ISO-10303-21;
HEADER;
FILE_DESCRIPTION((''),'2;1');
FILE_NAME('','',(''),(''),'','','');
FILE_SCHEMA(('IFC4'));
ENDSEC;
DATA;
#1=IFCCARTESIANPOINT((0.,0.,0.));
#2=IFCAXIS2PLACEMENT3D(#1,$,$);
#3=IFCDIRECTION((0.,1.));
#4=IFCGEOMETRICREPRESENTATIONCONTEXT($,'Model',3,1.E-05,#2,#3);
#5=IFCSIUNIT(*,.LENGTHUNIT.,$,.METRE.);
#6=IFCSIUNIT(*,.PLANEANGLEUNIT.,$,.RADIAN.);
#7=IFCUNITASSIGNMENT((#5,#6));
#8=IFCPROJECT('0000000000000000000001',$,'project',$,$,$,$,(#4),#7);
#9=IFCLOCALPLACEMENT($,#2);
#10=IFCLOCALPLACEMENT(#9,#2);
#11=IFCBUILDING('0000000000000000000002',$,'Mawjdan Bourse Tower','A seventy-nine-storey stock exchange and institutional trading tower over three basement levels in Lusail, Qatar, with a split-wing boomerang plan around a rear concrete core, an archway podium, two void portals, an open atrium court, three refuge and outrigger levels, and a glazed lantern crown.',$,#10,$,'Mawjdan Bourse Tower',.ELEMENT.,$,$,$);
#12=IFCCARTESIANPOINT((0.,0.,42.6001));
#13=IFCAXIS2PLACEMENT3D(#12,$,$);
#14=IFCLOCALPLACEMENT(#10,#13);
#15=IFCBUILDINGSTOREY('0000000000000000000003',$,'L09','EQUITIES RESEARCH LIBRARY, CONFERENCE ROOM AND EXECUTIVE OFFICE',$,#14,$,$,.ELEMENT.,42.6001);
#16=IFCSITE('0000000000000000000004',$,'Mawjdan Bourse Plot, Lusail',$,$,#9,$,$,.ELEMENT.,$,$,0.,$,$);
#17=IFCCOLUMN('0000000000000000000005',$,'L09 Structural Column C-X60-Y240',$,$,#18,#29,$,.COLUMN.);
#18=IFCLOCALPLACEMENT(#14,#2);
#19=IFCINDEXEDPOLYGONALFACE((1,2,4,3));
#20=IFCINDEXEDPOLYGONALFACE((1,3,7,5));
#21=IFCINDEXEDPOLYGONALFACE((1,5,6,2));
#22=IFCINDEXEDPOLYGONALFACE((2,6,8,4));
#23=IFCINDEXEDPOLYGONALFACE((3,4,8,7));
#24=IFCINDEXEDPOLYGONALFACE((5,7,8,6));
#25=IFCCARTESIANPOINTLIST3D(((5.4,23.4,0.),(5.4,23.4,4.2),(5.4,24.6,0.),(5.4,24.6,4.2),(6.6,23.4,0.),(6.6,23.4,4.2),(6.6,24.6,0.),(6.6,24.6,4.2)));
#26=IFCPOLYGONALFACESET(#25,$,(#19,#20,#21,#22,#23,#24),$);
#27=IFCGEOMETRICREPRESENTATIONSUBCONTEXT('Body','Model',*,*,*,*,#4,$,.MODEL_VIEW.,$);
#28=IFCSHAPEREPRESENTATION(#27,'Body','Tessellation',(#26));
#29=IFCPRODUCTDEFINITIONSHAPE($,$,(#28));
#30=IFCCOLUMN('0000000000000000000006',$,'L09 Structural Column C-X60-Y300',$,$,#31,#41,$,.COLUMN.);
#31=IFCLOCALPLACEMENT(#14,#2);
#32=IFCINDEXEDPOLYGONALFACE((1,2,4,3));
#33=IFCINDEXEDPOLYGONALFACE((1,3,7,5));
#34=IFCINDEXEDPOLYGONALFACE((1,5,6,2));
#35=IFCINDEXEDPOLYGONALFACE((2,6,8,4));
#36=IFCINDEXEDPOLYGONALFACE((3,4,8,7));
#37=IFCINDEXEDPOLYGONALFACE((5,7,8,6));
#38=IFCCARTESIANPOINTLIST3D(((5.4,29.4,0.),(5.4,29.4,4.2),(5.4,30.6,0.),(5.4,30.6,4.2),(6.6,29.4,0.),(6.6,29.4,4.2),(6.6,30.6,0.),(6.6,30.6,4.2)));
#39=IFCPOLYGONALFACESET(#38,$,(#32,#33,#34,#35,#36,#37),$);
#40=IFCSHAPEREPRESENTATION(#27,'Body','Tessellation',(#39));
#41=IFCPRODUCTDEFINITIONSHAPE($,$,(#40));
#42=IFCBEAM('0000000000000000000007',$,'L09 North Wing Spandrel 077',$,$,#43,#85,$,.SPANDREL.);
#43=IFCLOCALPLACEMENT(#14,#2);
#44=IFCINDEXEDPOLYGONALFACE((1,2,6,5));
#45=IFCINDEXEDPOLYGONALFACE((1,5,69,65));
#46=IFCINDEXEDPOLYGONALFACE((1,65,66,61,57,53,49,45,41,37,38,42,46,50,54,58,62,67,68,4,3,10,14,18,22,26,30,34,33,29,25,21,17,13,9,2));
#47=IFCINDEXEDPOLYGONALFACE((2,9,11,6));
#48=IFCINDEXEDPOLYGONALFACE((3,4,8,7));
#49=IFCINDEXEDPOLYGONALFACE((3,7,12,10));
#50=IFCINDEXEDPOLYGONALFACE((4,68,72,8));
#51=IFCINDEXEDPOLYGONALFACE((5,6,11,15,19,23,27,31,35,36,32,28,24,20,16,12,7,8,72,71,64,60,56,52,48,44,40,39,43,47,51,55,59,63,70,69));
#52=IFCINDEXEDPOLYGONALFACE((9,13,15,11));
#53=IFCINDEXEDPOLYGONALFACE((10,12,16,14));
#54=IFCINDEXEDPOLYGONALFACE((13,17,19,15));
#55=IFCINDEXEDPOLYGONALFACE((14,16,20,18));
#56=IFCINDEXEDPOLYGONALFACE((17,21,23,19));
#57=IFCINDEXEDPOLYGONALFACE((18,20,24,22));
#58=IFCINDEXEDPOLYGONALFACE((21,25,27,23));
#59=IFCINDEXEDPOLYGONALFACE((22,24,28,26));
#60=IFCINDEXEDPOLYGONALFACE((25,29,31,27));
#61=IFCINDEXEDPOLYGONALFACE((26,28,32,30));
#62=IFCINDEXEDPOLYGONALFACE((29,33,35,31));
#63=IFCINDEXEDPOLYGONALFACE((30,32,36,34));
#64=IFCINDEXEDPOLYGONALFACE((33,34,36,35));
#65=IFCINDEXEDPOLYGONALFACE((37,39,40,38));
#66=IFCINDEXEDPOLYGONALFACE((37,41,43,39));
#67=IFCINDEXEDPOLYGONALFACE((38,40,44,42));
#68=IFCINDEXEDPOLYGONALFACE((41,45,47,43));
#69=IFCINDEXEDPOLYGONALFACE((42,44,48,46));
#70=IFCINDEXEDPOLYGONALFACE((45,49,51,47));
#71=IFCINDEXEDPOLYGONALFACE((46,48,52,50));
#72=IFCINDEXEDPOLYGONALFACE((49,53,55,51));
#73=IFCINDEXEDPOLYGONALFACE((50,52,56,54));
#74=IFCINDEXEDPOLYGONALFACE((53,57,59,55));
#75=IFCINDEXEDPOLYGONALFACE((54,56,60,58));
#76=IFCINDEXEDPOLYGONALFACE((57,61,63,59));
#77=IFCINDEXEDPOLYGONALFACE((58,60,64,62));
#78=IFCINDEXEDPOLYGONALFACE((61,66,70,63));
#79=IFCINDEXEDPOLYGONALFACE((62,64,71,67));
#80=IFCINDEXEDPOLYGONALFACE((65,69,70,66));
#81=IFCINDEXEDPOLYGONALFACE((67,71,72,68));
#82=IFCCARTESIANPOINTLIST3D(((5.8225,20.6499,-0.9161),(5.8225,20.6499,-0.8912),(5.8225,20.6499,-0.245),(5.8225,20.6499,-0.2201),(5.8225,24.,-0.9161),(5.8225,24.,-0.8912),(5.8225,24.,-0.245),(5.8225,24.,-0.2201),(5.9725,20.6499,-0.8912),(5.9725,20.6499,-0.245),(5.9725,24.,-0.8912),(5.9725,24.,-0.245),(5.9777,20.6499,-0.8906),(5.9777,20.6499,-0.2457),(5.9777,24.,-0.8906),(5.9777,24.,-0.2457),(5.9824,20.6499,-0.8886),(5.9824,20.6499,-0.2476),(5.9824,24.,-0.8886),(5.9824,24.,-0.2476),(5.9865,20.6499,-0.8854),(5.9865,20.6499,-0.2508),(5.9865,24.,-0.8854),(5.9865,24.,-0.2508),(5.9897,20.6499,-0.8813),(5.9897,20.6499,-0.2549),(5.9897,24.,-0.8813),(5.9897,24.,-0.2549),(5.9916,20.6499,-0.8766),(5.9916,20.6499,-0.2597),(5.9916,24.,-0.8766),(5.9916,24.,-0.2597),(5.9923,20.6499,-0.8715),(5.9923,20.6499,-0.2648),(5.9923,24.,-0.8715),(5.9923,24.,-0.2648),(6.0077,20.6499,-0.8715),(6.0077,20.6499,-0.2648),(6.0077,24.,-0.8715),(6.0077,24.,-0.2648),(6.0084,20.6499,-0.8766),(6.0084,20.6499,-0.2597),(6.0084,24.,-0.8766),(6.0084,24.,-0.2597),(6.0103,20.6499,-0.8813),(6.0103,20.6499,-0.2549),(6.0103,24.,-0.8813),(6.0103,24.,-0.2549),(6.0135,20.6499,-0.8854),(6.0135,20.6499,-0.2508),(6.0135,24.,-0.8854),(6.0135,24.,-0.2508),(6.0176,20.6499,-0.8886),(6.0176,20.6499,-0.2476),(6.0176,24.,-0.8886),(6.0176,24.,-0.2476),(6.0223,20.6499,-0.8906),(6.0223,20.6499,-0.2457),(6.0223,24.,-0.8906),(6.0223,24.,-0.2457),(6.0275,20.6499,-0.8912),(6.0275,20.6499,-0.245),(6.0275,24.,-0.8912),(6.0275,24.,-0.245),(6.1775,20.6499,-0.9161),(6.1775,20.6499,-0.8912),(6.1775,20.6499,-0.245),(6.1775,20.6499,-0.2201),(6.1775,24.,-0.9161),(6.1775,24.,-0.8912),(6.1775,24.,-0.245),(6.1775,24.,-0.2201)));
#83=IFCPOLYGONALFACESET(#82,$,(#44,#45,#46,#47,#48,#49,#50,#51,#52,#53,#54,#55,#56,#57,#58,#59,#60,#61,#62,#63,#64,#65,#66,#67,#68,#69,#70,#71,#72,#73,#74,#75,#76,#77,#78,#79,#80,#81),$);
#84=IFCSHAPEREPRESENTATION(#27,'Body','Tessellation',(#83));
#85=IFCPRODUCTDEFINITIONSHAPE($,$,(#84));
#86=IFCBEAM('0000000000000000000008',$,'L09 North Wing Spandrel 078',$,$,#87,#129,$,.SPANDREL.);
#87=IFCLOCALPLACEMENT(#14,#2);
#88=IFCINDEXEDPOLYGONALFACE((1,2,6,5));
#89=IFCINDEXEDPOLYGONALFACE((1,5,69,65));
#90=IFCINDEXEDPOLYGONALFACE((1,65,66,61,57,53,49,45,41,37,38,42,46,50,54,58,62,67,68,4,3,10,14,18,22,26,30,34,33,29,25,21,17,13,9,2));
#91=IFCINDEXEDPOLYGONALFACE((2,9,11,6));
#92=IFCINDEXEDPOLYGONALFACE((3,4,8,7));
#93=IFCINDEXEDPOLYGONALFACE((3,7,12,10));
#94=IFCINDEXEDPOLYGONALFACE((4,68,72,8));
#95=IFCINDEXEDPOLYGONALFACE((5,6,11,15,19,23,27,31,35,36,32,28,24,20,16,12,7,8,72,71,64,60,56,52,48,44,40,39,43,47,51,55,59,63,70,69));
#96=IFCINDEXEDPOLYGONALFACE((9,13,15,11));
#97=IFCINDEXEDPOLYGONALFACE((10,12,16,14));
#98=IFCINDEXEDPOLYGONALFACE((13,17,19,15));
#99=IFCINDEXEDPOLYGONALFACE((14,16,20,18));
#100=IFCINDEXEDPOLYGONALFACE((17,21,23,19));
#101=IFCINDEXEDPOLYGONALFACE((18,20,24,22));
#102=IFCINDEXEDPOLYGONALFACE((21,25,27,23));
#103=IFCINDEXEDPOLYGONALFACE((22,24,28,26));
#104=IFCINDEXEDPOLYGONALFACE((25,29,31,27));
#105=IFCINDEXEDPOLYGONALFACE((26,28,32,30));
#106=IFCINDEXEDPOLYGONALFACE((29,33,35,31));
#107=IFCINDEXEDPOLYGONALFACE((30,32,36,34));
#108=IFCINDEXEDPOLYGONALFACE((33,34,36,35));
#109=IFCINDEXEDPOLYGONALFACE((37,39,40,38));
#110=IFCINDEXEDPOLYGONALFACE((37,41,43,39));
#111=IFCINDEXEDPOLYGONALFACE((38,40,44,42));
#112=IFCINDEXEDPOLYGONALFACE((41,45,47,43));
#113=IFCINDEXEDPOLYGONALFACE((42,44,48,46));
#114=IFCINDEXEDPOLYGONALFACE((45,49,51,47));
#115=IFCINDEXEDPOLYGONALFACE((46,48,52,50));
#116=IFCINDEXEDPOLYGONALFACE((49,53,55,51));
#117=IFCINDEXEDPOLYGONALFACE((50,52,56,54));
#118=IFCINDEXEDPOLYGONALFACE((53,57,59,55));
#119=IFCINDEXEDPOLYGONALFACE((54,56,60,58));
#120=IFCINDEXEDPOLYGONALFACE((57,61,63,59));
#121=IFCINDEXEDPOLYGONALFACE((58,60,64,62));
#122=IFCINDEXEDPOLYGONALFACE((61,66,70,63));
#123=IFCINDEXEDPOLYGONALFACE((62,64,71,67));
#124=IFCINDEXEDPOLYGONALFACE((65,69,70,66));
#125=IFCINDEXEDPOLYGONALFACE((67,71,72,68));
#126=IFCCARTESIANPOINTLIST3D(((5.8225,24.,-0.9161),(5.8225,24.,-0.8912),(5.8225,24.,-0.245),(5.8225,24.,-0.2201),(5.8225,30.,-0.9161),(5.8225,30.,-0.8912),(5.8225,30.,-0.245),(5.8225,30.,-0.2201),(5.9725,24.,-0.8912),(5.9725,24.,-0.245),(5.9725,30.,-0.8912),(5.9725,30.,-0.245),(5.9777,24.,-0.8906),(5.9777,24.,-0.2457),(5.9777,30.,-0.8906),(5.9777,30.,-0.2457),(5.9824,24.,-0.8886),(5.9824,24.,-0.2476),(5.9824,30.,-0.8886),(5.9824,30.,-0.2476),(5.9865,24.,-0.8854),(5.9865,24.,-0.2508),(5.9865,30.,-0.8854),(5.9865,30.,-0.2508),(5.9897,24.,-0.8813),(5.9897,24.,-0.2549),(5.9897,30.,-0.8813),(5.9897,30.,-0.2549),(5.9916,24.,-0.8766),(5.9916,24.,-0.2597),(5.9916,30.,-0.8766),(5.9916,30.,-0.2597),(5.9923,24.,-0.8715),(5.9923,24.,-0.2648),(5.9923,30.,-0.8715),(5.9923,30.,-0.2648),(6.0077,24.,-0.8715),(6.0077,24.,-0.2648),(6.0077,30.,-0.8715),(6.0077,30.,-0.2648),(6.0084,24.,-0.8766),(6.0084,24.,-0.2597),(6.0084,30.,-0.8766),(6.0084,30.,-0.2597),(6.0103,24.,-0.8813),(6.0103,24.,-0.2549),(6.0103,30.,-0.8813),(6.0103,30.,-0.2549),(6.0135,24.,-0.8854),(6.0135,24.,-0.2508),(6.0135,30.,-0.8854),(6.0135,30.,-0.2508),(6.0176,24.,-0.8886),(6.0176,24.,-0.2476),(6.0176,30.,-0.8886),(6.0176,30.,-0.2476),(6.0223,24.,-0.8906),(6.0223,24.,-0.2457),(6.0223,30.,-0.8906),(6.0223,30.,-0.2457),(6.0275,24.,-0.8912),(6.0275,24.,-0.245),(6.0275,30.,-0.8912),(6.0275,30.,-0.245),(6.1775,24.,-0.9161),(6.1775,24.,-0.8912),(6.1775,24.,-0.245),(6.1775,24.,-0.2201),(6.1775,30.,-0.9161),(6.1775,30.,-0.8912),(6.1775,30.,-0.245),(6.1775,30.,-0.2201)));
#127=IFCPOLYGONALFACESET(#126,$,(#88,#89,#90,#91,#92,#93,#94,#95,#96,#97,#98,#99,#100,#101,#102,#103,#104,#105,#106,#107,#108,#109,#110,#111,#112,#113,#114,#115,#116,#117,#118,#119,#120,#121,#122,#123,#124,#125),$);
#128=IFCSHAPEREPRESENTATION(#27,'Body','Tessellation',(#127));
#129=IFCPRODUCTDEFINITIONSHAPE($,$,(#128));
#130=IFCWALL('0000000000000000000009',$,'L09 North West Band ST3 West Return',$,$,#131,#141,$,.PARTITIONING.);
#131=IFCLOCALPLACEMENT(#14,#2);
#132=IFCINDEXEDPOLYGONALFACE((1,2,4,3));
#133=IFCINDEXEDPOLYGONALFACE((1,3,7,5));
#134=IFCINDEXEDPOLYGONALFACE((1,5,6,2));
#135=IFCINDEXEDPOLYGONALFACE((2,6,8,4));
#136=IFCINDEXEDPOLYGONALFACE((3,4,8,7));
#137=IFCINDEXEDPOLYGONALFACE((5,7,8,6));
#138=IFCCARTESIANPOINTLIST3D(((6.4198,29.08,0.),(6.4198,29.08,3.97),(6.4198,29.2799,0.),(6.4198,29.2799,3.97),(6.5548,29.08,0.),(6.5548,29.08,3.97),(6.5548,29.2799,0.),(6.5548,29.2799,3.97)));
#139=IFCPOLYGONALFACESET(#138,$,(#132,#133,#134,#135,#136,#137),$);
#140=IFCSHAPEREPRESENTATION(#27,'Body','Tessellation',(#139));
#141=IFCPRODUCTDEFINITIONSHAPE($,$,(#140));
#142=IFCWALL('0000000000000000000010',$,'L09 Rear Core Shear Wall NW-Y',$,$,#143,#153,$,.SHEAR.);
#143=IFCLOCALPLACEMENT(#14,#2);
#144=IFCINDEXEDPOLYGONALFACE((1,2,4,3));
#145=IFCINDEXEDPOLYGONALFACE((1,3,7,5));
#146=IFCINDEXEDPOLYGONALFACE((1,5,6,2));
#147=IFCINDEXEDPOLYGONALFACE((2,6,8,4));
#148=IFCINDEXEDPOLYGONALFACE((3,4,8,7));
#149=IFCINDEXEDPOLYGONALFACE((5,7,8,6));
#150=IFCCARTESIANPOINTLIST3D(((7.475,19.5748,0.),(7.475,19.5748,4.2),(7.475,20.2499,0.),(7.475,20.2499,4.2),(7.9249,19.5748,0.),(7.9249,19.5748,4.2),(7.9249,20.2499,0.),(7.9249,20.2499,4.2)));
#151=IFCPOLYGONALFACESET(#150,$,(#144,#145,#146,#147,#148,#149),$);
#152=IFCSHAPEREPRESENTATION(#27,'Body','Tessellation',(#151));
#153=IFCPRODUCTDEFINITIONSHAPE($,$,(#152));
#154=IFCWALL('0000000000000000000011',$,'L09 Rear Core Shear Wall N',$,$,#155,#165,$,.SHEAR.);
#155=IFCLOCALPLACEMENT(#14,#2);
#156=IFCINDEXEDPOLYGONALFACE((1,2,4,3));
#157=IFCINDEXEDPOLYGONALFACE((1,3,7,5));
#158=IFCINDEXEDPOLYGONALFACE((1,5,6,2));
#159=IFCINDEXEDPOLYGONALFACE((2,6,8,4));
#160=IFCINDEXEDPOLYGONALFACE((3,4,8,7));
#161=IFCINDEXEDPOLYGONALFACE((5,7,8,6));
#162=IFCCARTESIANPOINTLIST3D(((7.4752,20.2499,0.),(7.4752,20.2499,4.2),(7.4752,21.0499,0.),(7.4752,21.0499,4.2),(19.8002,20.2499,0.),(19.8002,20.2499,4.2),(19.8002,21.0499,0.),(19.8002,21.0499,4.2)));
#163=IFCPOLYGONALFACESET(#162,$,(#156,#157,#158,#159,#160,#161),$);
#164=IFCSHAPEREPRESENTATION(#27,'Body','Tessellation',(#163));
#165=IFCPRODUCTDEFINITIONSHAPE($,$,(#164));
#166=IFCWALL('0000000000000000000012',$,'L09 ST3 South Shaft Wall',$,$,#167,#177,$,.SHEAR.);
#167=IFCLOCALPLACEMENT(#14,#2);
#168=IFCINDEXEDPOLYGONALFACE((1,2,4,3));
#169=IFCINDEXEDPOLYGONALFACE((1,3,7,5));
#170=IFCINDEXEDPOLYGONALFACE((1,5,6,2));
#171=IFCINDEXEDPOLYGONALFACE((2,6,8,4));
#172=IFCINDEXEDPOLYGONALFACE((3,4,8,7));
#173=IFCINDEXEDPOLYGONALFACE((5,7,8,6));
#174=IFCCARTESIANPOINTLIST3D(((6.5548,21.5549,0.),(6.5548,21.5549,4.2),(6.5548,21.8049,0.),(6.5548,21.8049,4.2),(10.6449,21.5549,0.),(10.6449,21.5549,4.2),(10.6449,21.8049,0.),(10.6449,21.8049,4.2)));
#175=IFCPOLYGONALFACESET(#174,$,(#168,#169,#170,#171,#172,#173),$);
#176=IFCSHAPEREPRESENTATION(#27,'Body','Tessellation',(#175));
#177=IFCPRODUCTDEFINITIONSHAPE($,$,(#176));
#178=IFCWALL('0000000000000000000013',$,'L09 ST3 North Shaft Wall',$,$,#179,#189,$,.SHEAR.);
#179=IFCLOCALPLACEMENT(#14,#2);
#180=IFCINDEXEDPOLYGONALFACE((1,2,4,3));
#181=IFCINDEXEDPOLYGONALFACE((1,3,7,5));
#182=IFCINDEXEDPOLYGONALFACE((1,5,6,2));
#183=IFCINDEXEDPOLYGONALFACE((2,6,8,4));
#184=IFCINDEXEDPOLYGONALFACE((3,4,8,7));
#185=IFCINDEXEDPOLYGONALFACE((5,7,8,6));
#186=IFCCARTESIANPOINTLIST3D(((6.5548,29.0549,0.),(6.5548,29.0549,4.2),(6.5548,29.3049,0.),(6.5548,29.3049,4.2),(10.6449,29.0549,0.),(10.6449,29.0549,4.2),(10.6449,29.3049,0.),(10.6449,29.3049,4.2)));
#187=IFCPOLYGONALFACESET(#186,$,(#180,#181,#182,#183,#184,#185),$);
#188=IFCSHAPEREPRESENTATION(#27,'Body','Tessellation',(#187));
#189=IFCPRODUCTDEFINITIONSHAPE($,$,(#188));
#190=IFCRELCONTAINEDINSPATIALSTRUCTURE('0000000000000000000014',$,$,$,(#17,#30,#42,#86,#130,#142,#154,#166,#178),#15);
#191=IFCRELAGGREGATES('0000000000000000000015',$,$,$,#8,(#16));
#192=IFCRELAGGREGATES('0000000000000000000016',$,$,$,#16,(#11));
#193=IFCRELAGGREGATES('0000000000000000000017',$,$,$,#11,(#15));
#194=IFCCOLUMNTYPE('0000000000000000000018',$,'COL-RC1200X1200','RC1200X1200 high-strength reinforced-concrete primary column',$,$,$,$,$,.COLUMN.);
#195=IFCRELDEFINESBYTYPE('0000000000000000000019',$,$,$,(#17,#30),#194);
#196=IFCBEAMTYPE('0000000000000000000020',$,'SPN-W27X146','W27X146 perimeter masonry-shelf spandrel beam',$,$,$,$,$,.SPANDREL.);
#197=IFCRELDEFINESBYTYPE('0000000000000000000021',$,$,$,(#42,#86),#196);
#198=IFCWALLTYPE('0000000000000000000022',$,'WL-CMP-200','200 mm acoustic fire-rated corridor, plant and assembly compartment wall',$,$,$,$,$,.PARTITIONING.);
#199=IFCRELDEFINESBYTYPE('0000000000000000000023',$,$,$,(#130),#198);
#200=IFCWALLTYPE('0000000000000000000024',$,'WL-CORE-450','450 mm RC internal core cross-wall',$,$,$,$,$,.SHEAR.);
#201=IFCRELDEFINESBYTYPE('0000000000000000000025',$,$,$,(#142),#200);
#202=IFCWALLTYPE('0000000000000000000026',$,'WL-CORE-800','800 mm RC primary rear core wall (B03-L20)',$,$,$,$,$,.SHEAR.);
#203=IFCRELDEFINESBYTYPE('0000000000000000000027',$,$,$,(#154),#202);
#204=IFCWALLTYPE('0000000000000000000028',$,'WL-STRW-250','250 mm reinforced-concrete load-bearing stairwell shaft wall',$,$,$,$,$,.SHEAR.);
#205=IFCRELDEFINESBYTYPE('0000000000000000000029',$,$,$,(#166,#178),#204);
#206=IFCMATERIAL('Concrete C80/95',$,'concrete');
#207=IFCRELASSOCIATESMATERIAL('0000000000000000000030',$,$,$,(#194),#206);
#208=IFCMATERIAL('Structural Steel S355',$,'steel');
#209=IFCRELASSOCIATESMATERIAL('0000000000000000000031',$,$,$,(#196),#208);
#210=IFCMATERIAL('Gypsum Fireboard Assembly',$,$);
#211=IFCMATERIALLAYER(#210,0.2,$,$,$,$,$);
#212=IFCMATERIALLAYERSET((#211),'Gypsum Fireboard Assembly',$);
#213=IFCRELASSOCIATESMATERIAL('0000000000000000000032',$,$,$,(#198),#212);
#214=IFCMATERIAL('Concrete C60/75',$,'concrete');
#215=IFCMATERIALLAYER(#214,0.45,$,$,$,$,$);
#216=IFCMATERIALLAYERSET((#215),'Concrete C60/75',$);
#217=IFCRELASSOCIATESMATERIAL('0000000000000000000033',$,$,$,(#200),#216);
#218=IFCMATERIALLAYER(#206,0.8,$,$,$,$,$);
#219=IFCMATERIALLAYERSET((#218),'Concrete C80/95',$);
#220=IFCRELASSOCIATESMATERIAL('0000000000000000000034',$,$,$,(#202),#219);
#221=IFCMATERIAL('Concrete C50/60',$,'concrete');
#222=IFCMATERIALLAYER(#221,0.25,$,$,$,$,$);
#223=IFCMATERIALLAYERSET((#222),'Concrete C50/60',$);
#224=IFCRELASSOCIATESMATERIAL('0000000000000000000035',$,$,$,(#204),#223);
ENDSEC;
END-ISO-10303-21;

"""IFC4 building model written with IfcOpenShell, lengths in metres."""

from ifc_helpers import new_model, si_unit, direction, frame, frame_2d, origin, origin_2d, place, context, subcontext, project, spatial, rectangle, i_section, extrude, material, layer, layer_set, material_profile, profile_set, type_object, element, save


model = new_model("IFC4")

# Units and contexts
model_context = context("Model", 3, precision=1e-05, world=origin(), true_north=direction((0.0, 1.0)))
body_context = subcontext(model_context, "Body", "Model", "MODEL_VIEW")
ifc_project = project(units=[si_unit("LENGTHUNIT", "METRE"), si_unit("PLANEANGLEUNIT", "RADIAN")], contexts=[model_context])

# Site, building, storey
site_placement = place(None, origin())
site = spatial("IfcSite", under=ifc_project, at=site_placement, Name="Mawjdan Bourse Plot, Lusail", CompositionType="ELEMENT", RefElevation=0.0)
building_placement = place(site_placement, origin())
building = spatial("IfcBuilding", under=site, at=building_placement, Name="Mawjdan Bourse Tower", Description="A seventy-nine-storey stock exchange and institutional trading tower over three basement levels in Lusail, Qatar, with a split-wing boomerang plan around a rear concrete core, an archway podium, two void portals, an open atrium court, three refuge and outrigger levels, and a glazed lantern crown.", LongName="Mawjdan Bourse Tower", CompositionType="ELEMENT")
storey_placement = place(building_placement, frame((0.0, 0.0, 42.6001)))
storey = spatial("IfcBuildingStorey", under=building, at=storey_placement, Name="L09", Description="EQUITIES RESEARCH LIBRARY, CONFERENCE ROOM AND EXECUTIVE OFFICE", CompositionType="ELEMENT", Elevation=42.6001)

# Columns
ifc_material_1 = material(Name="Concrete C80/95", Category="concrete")
ifc_material_profile_1 = material_profile(ifc_material_1, rectangle(XDim=1.2, YDim=1.2, at=origin_2d()), Name="RC1200X1200")
ifc_profile_set_1 = profile_set([ifc_material_profile_1], Name="Concrete C80/95")
column_type = type_object("IfcColumnType", Name="COL-RC1200X1200", Description="RC1200X1200 high-strength reinforced-concrete primary column", PredefinedType="COLUMN", material=ifc_profile_set_1)
for number, where, z_axis, x_axis, name in (
    (1, (6.0, 24.0, 0.0), (0.0, 0.0, 1.0), (1.0, 0.0, 0.0), "L09 Structural Column C-X60-Y240"),
    (2, (6.0, 30.0, 0.0), (0.0, 0.0, 1.0), (1.0, 0.0, 0.0), "L09 Structural Column C-X60-Y300"),
):
    element("IfcColumn", number, at=place(storey_placement, frame(where, z_axis=z_axis, x_axis=x_axis)), inside=storey, type_object=column_type, Name=name, PredefinedType="COLUMN", context=body_context, shape_type="SweptSolid", body=[
        extrude(rectangle(XDim=1.2, YDim=1.2, at=origin_2d()), origin(), (0.0, 0.0, 1.0), 4.2),
    ])

# Beams
ifc_material_2 = material(Name="Structural Steel S355", Category="steel")
ifc_material_profile_2 = material_profile(ifc_material_2, i_section(OverallWidth=0.355, OverallDepth=0.696, WebThickness=0.0154, FlangeThickness=0.0249, FilletRadius=0.0198, at=origin_2d()), Name="W27X146")
ifc_profile_set_2 = profile_set([ifc_material_profile_2], Name="Structural Steel S355")
beam_type = type_object("IfcBeamType", Name="SPN-W27X146", Description="W27X146 perimeter masonry-shelf spandrel beam", PredefinedType="SPANDREL", material=ifc_profile_set_2)
beam_1_placement = place(storey_placement, frame((6.0, 20.6499, -0.5681), z_axis=(0.0, 1.0, 0.0), x_axis=(-1.0, 0.0, 0.0)))
element("IfcBeam", 3, at=beam_1_placement, inside=storey, type_object=beam_type, Name="L09 North Wing Spandrel 077", PredefinedType="SPANDREL", context=body_context, shape_type="SweptSolid", body=[
    extrude(i_section(OverallWidth=0.355, OverallDepth=0.696, WebThickness=0.0154, FlangeThickness=0.0249, FilletRadius=0.0198, at=origin_2d()), origin(), (0.0, 0.0, 1.0), 3.3501),
])
beam_2_placement = place(storey_placement, frame((6.0, 24.0, -0.5681), z_axis=(0.0, 1.0, 0.0), x_axis=(-1.0, 0.0, 0.0)))
element("IfcBeam", 4, at=beam_2_placement, inside=storey, type_object=beam_type, Name="L09 North Wing Spandrel 078", PredefinedType="SPANDREL", context=body_context, shape_type="SweptSolid", body=[
    extrude(i_section(OverallWidth=0.355, OverallDepth=0.696, WebThickness=0.0154, FlangeThickness=0.0249, FilletRadius=0.0198, at=origin_2d()), origin(), (0.0, 0.0, 1.0), 6.0),
])

# Walls
ifc_material_3 = material(Name="Gypsum Fireboard Assembly")
ifc_layer_1 = layer(ifc_material_3, 0.2)
ifc_layer_set_1 = layer_set([ifc_layer_1], Name="Gypsum Fireboard Assembly")
wall_type_1 = type_object("IfcWallType", Name="WL-CMP-200", Description="200 mm acoustic fire-rated corridor, plant and assembly compartment wall", PredefinedType="PARTITIONING", material=ifc_layer_set_1)
wall_1_placement = place(storey_placement, frame((6.4199, 29.1799, 0.0), z_axis=(0.0, 0.0, 1.0), x_axis=(1.0, 0.0, 0.0)))
element("IfcWall", 5, at=wall_1_placement, inside=storey, type_object=wall_type_1, Name="L09 North West Band ST3 West Return", PredefinedType="PARTITIONING", context=body_context, shape_type="SweptSolid", body=[
    extrude(rectangle(XDim=0.135, YDim=0.2, at=frame_2d((0.0674, 0.0))), origin(), (0.0, 0.0, 1.0), 3.97),
])
ifc_material_4 = material(Name="Concrete C60/75", Category="concrete")
ifc_layer_2 = layer(ifc_material_4, 0.45)
ifc_layer_set_2 = layer_set([ifc_layer_2], Name="Concrete C60/75")
wall_type_2 = type_object("IfcWallType", Name="WL-CORE-450", Description="450 mm RC internal core cross-wall", PredefinedType="SHEAR", material=ifc_layer_set_2)
wall_2_placement = place(storey_placement, frame((7.7, 19.575, 0.0), z_axis=(0.0, 0.0, 1.0), x_axis=(0.0, 1.0, 0.0)))
element("IfcWall", 6, at=wall_2_placement, inside=storey, type_object=wall_type_2, Name="L09 Rear Core Shear Wall NW-Y", PredefinedType="SHEAR", context=body_context, shape_type="SweptSolid", body=[
    extrude(rectangle(XDim=0.675, YDim=0.45, at=frame_2d((0.3374, 0.0))), origin(), (0.0, 0.0, 1.0), 4.2),
])
ifc_layer_3 = layer(ifc_material_1, 0.8)
ifc_layer_set_3 = layer_set([ifc_layer_3], Name="Concrete C80/95")
wall_type_3 = type_object("IfcWallType", Name="WL-CORE-800", Description="800 mm RC primary rear core wall (B03-L20)", PredefinedType="SHEAR", material=ifc_layer_set_3)
wall_3_placement = place(storey_placement, frame((7.4751, 20.6499, 0.0), z_axis=(0.0, 0.0, 1.0), x_axis=(1.0, 0.0, 0.0)))
element("IfcWall", 7, at=wall_3_placement, inside=storey, type_object=wall_type_3, Name="L09 Rear Core Shear Wall N", PredefinedType="SHEAR", context=body_context, shape_type="SweptSolid", body=[
    extrude(rectangle(XDim=12.325, YDim=0.8, at=frame_2d((6.1626, 0.0))), origin(), (0.0, 0.0, 1.0), 4.2),
])
ifc_material_5 = material(Name="Concrete C50/60", Category="concrete")
ifc_layer_4 = layer(ifc_material_5, 0.25)
ifc_layer_set_4 = layer_set([ifc_layer_4], Name="Concrete C50/60")
wall_type_4 = type_object("IfcWallType", Name="WL-STRW-250", Description="250 mm reinforced-concrete load-bearing stairwell shaft wall", PredefinedType="SHEAR", material=ifc_layer_set_4)
for number, where, z_axis, x_axis, name in (
    (8, (6.5549, 21.6799, 0.0), (0.0, 0.0, 1.0), (1.0, 0.0, 0.0), "L09 ST3 South Shaft Wall"),
    (9, (6.5549, 29.1799, 0.0), (0.0, 0.0, 1.0), (1.0, 0.0, 0.0), "L09 ST3 North Shaft Wall"),
):
    element("IfcWall", number, at=place(storey_placement, frame(where, z_axis=z_axis, x_axis=x_axis)), inside=storey, type_object=wall_type_4, Name=name, PredefinedType="SHEAR", context=body_context, shape_type="SweptSolid", body=[
        extrude(rectangle(XDim=4.0901, YDim=0.25, at=frame_2d((2.0449, 0.0))), origin(), (0.0, 0.0, 1.0), 4.2),
    ])

save(model, "model.ifc")
